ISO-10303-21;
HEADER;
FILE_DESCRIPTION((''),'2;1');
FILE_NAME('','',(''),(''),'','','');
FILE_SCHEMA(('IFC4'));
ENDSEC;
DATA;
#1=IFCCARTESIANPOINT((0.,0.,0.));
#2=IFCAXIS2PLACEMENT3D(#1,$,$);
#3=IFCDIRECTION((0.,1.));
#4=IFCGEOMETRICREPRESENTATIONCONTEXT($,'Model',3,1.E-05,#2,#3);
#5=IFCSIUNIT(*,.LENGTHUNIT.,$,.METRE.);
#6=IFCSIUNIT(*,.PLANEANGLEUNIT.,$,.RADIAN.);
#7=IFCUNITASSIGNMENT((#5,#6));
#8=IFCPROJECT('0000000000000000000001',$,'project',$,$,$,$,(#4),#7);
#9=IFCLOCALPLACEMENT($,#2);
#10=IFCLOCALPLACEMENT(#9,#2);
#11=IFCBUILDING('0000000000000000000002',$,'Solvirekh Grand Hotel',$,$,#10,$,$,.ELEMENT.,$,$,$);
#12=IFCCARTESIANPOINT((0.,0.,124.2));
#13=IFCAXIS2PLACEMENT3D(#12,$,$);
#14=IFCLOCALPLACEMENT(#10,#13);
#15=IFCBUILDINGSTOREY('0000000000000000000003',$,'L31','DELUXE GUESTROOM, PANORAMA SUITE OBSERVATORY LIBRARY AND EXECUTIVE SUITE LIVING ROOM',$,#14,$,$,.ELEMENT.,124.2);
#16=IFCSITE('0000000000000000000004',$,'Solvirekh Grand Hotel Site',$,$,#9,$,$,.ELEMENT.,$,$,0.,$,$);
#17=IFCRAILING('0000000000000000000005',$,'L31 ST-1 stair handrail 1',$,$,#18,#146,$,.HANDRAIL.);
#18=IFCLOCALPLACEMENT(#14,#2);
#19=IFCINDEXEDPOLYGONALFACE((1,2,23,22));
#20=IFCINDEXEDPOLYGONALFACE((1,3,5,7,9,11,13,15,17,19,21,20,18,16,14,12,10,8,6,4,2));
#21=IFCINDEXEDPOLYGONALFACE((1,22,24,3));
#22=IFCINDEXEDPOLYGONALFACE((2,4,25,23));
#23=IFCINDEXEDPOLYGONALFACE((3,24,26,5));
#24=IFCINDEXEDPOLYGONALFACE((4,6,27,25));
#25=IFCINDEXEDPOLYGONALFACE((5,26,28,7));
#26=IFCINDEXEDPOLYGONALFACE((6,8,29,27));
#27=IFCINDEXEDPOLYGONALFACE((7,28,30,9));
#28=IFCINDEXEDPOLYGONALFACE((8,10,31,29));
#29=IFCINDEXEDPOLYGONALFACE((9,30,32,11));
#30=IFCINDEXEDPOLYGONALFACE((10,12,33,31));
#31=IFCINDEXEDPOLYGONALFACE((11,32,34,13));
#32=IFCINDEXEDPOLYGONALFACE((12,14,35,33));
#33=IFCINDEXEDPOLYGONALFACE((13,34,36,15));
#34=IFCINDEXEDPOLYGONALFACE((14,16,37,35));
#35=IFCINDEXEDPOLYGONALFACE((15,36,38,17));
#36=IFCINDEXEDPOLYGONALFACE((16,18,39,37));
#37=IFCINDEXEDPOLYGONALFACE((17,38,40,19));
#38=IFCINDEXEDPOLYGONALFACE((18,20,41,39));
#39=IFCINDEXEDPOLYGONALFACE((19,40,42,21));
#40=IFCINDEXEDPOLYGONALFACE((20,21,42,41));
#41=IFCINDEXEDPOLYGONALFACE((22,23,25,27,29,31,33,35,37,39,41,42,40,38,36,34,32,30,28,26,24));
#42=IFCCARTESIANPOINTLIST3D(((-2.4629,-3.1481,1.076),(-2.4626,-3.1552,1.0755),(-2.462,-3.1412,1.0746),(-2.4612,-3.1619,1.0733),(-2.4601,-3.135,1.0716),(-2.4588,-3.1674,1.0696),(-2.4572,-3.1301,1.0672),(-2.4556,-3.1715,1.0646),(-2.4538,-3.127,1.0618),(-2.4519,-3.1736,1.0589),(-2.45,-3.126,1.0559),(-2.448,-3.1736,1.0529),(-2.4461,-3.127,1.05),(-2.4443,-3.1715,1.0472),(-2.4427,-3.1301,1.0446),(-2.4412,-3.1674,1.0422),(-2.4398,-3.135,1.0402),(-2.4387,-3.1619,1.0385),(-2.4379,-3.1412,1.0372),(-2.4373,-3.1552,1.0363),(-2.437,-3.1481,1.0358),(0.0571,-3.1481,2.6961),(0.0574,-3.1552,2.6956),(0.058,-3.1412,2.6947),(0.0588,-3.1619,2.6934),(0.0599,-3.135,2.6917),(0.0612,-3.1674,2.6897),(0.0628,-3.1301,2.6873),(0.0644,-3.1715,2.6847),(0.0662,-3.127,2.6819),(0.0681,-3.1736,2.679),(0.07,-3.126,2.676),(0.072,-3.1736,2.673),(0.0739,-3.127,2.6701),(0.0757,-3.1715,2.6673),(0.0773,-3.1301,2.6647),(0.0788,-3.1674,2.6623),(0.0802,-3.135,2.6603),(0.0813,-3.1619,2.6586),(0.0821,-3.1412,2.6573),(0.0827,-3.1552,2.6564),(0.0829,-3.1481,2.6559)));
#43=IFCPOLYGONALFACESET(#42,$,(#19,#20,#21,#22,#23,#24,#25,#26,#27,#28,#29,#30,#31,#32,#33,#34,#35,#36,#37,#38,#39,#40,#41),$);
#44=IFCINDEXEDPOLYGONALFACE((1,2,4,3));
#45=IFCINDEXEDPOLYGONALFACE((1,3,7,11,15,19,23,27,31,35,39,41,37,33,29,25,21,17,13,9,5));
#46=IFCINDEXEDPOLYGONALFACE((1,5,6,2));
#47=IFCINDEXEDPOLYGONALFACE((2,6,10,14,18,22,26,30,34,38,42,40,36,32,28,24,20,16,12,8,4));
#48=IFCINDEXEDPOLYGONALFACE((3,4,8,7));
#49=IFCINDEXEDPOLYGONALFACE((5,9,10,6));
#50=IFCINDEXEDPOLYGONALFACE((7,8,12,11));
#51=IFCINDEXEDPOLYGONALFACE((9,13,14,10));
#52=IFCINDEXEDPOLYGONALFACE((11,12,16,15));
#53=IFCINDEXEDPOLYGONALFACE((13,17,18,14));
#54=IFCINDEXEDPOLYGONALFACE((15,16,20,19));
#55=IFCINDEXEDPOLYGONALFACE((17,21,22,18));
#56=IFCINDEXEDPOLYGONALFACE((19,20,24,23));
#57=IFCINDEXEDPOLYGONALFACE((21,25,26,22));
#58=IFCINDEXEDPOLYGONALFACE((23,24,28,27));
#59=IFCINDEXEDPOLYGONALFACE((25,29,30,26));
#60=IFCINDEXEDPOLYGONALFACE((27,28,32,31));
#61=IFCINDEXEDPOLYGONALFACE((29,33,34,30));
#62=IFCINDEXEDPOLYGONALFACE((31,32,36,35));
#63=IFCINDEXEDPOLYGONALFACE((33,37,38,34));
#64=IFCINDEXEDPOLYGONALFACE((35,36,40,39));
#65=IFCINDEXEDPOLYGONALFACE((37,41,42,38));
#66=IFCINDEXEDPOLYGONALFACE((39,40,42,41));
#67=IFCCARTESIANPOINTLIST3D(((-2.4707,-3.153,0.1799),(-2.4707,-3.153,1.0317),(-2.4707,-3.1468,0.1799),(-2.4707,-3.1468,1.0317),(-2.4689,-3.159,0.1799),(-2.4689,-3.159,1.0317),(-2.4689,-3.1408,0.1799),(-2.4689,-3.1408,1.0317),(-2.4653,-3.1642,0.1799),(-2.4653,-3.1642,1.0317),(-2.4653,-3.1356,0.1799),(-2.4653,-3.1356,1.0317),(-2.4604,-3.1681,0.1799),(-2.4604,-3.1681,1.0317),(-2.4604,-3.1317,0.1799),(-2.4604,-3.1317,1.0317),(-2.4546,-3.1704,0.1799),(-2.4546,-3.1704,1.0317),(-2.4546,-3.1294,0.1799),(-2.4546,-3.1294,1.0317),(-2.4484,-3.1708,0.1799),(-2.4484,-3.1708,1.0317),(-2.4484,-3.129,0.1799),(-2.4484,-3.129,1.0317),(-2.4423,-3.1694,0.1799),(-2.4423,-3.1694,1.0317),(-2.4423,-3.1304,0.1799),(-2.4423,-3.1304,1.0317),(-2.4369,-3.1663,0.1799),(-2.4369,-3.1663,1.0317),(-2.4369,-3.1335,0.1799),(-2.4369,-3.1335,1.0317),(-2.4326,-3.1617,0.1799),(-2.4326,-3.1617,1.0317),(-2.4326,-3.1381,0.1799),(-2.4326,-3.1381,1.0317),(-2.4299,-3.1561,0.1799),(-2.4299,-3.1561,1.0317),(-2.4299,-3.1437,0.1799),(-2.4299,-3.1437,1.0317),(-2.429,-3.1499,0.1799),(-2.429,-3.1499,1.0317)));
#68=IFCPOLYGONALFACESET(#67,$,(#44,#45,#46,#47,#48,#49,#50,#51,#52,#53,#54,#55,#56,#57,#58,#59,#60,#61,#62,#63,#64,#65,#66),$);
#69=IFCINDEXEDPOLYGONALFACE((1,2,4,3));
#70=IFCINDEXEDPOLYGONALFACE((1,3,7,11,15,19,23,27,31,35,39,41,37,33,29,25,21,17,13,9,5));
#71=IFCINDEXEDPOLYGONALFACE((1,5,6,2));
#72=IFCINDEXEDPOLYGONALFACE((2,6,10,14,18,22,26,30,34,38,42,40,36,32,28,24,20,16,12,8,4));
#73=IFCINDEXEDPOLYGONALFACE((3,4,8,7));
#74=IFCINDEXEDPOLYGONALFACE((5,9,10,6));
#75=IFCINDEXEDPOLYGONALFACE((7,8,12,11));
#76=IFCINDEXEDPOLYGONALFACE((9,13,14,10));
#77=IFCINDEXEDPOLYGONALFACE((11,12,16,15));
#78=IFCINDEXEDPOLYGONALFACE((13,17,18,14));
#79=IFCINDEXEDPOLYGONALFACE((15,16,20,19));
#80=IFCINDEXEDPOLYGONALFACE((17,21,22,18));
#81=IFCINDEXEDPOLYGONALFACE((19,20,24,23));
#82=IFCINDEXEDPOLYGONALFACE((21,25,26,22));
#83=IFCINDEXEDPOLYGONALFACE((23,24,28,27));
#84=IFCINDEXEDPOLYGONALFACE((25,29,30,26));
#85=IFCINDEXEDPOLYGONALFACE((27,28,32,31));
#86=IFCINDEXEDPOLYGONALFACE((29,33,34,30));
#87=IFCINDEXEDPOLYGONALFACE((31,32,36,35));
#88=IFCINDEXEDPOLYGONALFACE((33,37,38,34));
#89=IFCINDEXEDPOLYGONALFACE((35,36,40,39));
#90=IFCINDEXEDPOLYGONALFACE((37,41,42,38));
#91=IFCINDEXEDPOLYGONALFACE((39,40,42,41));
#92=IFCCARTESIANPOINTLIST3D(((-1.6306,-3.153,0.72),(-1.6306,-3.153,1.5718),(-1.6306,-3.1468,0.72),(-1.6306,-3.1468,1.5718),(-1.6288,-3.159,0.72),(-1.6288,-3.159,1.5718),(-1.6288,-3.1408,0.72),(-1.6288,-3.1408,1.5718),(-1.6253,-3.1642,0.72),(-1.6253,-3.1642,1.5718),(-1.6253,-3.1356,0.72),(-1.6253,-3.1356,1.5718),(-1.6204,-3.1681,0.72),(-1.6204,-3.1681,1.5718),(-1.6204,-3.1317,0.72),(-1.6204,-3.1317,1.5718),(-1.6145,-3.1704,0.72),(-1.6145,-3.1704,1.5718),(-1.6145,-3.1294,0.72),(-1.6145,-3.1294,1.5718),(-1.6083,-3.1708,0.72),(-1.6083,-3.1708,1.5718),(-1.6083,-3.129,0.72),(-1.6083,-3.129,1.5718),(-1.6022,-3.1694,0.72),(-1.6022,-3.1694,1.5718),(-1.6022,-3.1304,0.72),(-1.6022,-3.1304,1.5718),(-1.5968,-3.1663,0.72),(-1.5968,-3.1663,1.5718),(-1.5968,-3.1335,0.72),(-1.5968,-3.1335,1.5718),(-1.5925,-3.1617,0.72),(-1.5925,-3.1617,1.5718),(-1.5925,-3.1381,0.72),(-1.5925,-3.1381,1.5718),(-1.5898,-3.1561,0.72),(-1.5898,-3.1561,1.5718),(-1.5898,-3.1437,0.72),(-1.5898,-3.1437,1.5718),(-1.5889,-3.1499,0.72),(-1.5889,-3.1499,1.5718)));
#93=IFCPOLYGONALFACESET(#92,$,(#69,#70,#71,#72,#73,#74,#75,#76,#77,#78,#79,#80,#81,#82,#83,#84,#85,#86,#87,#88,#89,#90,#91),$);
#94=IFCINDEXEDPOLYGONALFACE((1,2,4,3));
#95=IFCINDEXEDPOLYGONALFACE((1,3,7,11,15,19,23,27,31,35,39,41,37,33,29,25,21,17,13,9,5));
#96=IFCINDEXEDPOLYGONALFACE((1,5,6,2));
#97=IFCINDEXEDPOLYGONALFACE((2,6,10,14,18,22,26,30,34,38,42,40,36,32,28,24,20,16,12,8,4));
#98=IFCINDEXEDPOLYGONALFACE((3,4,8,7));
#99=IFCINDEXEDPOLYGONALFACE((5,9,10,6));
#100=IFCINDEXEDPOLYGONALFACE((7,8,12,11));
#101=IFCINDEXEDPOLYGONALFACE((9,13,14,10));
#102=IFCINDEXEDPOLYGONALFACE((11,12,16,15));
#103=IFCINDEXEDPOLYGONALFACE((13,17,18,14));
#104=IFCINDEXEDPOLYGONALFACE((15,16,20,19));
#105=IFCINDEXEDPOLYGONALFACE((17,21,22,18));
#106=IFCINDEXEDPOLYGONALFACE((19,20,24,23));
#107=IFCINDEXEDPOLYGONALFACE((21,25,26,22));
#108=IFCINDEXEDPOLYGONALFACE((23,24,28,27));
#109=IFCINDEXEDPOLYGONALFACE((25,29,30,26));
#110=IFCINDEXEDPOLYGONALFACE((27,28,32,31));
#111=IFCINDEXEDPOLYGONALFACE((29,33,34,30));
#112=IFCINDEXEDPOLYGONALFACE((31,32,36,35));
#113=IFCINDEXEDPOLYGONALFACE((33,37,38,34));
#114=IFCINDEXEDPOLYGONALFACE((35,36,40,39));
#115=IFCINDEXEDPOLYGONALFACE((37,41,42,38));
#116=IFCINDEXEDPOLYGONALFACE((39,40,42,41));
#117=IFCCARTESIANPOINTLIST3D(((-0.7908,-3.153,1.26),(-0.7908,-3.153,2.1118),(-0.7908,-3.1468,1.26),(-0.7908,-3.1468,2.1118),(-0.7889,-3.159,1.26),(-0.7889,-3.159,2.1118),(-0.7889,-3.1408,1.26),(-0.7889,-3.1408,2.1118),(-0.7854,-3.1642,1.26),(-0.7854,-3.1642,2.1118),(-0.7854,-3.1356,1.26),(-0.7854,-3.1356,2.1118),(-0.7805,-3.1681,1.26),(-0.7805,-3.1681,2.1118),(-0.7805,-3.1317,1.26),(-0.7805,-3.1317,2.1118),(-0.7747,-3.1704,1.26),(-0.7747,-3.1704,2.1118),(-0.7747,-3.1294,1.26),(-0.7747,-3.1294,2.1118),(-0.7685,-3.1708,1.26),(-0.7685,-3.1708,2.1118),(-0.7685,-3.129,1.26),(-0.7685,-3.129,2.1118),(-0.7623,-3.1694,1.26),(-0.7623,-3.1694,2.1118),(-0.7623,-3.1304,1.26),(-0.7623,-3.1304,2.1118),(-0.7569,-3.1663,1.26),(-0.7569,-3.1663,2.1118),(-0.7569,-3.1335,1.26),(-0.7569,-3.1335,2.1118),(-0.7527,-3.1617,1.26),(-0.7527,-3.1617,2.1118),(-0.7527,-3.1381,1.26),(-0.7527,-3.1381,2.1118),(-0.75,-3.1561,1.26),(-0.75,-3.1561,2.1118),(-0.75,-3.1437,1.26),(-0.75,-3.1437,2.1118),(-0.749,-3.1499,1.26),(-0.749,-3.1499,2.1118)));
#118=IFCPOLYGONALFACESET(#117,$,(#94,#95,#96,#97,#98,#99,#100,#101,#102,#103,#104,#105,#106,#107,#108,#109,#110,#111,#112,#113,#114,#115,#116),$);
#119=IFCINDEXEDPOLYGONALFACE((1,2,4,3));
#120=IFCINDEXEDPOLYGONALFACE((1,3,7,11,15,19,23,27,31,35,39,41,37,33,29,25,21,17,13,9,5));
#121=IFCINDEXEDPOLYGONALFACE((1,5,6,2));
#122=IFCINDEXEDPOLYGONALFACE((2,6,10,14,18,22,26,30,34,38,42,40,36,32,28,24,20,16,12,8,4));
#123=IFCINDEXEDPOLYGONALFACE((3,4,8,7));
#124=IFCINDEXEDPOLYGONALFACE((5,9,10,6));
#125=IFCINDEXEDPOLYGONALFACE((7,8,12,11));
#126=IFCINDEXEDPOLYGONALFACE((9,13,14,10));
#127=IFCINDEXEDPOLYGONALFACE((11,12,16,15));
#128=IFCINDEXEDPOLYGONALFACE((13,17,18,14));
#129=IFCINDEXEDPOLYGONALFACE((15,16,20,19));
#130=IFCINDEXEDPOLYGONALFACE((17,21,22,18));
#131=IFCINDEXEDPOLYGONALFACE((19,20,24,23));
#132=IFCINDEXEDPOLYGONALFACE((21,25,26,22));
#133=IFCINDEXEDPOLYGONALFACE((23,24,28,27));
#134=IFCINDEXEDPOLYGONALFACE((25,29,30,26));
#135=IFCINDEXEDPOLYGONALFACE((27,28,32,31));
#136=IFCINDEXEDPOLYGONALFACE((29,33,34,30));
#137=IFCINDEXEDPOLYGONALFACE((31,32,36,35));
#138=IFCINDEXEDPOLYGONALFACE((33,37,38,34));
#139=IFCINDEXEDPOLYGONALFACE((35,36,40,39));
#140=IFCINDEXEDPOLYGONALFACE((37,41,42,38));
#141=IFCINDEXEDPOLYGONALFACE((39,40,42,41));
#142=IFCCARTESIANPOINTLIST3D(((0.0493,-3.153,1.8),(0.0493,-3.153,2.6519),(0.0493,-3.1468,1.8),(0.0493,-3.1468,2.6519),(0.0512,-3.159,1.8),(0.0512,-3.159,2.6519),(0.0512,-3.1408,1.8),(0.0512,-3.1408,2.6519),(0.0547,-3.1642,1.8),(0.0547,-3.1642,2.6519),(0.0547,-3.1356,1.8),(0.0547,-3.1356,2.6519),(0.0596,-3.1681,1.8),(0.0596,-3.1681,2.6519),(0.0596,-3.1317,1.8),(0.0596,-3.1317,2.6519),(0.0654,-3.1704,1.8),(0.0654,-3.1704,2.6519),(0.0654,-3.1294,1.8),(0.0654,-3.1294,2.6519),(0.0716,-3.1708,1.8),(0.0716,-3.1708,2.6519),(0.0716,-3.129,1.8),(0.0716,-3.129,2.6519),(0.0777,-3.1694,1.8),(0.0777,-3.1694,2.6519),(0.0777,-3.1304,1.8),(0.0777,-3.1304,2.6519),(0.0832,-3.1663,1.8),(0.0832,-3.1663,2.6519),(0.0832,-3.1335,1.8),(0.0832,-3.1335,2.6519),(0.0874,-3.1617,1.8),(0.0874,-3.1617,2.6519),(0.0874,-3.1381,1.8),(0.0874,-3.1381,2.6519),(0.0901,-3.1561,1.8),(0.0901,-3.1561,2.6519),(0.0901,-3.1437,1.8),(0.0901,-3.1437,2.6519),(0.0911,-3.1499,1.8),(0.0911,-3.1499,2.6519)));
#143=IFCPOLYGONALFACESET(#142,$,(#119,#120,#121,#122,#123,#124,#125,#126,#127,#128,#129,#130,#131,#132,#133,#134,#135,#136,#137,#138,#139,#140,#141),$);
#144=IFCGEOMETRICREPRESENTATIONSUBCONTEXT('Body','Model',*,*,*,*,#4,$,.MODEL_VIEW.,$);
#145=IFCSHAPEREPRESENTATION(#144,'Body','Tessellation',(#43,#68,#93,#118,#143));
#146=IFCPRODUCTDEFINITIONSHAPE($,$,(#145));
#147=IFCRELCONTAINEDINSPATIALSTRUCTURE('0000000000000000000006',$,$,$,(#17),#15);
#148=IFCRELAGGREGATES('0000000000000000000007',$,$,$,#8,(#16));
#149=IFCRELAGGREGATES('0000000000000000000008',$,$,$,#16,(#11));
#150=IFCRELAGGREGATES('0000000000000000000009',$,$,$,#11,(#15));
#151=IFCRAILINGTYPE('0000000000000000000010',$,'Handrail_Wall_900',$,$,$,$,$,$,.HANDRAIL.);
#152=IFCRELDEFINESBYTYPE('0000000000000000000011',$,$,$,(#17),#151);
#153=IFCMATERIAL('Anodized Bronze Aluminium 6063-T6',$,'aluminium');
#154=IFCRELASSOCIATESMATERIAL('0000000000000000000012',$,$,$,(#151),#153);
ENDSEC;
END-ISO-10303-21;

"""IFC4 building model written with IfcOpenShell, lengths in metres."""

from ifc_helpers import new_model, si_unit, direction, frame, origin, origin_2d, place, context, subcontext, project, spatial, circle, extrude, material, type_object, element, save


model = new_model("IFC4")

# Units and contexts
model_context = context("Model", 3, precision=1e-05, world=origin(), true_north=direction((0.0, 1.0)))
body_context = subcontext(model_context, "Body", "Model", "MODEL_VIEW")
ifc_project = project(units=[si_unit("LENGTHUNIT", "METRE"), si_unit("PLANEANGLEUNIT", "RADIAN")], contexts=[model_context])

# Site, building, storey
site_placement = place(None, origin())
site = spatial("IfcSite", under=ifc_project, at=site_placement, Name="Solvirekh Grand Hotel Site", CompositionType="ELEMENT", RefElevation=0.0)
building_placement = place(site_placement, origin())
building = spatial("IfcBuilding", under=site, at=building_placement, Name="Solvirekh Grand Hotel", CompositionType="ELEMENT")
storey_placement = place(building_placement, frame((0.0, 0.0, 124.2)))
storey = spatial("IfcBuildingStorey", under=building, at=storey_placement, Name="L31", Description="DELUXE GUESTROOM, PANORAMA SUITE OBSERVATORY LIBRARY AND EXECUTIVE SUITE LIVING ROOM", CompositionType="ELEMENT", Elevation=124.2)

# Shared definitions
ifc_material_1 = material(Name="Anodized Bronze Aluminium 6063-T6", Category="aluminium")

# Railing
railing_type_1 = type_object("IfcRailingType", Name="Handrail_Wall_900", PredefinedType="HANDRAIL", material=ifc_material_1)
for number, where, name in (
    (1, (-2.45, -3.1499, 0.1799), "L31 ST-1 stair handrail 1"),
):
    element("IfcRailing", number, at=place(storey_placement, frame(where)), inside=storey, type_object=railing_type_1, Name=name, PredefinedType="HANDRAIL", context=body_context, shape_type="SweptSolid", body=[
        extrude(circle(Radius=0.0239, at=origin_2d()), frame((0.0, 0.0, 0.876), z_axis=(0.841163, 0.0, 0.540782), x_axis=(0.0, 1.0, 0.0)), (0.0, 0.0, 1.0), 2.9958),
        extrude(circle(Radius=0.021, at=origin_2d()), origin(), (0.0, 0.0, 1.0), 0.8518),
        extrude(circle(Radius=0.021, at=origin_2d()), frame((0.8401, 0.0, 0.54)), (0.0, 0.0, 1.0), 0.8518),
        extrude(circle(Radius=0.021, at=origin_2d()), frame((1.6799, 0.0, 1.0801)), (0.0, 0.0, 1.0), 0.8518),
        extrude(circle(Radius=0.021, at=origin_2d()), frame((2.52, 0.0, 1.6201)), (0.0, 0.0, 1.0), 0.8518),
    ])

save(model, "model.ifc")
